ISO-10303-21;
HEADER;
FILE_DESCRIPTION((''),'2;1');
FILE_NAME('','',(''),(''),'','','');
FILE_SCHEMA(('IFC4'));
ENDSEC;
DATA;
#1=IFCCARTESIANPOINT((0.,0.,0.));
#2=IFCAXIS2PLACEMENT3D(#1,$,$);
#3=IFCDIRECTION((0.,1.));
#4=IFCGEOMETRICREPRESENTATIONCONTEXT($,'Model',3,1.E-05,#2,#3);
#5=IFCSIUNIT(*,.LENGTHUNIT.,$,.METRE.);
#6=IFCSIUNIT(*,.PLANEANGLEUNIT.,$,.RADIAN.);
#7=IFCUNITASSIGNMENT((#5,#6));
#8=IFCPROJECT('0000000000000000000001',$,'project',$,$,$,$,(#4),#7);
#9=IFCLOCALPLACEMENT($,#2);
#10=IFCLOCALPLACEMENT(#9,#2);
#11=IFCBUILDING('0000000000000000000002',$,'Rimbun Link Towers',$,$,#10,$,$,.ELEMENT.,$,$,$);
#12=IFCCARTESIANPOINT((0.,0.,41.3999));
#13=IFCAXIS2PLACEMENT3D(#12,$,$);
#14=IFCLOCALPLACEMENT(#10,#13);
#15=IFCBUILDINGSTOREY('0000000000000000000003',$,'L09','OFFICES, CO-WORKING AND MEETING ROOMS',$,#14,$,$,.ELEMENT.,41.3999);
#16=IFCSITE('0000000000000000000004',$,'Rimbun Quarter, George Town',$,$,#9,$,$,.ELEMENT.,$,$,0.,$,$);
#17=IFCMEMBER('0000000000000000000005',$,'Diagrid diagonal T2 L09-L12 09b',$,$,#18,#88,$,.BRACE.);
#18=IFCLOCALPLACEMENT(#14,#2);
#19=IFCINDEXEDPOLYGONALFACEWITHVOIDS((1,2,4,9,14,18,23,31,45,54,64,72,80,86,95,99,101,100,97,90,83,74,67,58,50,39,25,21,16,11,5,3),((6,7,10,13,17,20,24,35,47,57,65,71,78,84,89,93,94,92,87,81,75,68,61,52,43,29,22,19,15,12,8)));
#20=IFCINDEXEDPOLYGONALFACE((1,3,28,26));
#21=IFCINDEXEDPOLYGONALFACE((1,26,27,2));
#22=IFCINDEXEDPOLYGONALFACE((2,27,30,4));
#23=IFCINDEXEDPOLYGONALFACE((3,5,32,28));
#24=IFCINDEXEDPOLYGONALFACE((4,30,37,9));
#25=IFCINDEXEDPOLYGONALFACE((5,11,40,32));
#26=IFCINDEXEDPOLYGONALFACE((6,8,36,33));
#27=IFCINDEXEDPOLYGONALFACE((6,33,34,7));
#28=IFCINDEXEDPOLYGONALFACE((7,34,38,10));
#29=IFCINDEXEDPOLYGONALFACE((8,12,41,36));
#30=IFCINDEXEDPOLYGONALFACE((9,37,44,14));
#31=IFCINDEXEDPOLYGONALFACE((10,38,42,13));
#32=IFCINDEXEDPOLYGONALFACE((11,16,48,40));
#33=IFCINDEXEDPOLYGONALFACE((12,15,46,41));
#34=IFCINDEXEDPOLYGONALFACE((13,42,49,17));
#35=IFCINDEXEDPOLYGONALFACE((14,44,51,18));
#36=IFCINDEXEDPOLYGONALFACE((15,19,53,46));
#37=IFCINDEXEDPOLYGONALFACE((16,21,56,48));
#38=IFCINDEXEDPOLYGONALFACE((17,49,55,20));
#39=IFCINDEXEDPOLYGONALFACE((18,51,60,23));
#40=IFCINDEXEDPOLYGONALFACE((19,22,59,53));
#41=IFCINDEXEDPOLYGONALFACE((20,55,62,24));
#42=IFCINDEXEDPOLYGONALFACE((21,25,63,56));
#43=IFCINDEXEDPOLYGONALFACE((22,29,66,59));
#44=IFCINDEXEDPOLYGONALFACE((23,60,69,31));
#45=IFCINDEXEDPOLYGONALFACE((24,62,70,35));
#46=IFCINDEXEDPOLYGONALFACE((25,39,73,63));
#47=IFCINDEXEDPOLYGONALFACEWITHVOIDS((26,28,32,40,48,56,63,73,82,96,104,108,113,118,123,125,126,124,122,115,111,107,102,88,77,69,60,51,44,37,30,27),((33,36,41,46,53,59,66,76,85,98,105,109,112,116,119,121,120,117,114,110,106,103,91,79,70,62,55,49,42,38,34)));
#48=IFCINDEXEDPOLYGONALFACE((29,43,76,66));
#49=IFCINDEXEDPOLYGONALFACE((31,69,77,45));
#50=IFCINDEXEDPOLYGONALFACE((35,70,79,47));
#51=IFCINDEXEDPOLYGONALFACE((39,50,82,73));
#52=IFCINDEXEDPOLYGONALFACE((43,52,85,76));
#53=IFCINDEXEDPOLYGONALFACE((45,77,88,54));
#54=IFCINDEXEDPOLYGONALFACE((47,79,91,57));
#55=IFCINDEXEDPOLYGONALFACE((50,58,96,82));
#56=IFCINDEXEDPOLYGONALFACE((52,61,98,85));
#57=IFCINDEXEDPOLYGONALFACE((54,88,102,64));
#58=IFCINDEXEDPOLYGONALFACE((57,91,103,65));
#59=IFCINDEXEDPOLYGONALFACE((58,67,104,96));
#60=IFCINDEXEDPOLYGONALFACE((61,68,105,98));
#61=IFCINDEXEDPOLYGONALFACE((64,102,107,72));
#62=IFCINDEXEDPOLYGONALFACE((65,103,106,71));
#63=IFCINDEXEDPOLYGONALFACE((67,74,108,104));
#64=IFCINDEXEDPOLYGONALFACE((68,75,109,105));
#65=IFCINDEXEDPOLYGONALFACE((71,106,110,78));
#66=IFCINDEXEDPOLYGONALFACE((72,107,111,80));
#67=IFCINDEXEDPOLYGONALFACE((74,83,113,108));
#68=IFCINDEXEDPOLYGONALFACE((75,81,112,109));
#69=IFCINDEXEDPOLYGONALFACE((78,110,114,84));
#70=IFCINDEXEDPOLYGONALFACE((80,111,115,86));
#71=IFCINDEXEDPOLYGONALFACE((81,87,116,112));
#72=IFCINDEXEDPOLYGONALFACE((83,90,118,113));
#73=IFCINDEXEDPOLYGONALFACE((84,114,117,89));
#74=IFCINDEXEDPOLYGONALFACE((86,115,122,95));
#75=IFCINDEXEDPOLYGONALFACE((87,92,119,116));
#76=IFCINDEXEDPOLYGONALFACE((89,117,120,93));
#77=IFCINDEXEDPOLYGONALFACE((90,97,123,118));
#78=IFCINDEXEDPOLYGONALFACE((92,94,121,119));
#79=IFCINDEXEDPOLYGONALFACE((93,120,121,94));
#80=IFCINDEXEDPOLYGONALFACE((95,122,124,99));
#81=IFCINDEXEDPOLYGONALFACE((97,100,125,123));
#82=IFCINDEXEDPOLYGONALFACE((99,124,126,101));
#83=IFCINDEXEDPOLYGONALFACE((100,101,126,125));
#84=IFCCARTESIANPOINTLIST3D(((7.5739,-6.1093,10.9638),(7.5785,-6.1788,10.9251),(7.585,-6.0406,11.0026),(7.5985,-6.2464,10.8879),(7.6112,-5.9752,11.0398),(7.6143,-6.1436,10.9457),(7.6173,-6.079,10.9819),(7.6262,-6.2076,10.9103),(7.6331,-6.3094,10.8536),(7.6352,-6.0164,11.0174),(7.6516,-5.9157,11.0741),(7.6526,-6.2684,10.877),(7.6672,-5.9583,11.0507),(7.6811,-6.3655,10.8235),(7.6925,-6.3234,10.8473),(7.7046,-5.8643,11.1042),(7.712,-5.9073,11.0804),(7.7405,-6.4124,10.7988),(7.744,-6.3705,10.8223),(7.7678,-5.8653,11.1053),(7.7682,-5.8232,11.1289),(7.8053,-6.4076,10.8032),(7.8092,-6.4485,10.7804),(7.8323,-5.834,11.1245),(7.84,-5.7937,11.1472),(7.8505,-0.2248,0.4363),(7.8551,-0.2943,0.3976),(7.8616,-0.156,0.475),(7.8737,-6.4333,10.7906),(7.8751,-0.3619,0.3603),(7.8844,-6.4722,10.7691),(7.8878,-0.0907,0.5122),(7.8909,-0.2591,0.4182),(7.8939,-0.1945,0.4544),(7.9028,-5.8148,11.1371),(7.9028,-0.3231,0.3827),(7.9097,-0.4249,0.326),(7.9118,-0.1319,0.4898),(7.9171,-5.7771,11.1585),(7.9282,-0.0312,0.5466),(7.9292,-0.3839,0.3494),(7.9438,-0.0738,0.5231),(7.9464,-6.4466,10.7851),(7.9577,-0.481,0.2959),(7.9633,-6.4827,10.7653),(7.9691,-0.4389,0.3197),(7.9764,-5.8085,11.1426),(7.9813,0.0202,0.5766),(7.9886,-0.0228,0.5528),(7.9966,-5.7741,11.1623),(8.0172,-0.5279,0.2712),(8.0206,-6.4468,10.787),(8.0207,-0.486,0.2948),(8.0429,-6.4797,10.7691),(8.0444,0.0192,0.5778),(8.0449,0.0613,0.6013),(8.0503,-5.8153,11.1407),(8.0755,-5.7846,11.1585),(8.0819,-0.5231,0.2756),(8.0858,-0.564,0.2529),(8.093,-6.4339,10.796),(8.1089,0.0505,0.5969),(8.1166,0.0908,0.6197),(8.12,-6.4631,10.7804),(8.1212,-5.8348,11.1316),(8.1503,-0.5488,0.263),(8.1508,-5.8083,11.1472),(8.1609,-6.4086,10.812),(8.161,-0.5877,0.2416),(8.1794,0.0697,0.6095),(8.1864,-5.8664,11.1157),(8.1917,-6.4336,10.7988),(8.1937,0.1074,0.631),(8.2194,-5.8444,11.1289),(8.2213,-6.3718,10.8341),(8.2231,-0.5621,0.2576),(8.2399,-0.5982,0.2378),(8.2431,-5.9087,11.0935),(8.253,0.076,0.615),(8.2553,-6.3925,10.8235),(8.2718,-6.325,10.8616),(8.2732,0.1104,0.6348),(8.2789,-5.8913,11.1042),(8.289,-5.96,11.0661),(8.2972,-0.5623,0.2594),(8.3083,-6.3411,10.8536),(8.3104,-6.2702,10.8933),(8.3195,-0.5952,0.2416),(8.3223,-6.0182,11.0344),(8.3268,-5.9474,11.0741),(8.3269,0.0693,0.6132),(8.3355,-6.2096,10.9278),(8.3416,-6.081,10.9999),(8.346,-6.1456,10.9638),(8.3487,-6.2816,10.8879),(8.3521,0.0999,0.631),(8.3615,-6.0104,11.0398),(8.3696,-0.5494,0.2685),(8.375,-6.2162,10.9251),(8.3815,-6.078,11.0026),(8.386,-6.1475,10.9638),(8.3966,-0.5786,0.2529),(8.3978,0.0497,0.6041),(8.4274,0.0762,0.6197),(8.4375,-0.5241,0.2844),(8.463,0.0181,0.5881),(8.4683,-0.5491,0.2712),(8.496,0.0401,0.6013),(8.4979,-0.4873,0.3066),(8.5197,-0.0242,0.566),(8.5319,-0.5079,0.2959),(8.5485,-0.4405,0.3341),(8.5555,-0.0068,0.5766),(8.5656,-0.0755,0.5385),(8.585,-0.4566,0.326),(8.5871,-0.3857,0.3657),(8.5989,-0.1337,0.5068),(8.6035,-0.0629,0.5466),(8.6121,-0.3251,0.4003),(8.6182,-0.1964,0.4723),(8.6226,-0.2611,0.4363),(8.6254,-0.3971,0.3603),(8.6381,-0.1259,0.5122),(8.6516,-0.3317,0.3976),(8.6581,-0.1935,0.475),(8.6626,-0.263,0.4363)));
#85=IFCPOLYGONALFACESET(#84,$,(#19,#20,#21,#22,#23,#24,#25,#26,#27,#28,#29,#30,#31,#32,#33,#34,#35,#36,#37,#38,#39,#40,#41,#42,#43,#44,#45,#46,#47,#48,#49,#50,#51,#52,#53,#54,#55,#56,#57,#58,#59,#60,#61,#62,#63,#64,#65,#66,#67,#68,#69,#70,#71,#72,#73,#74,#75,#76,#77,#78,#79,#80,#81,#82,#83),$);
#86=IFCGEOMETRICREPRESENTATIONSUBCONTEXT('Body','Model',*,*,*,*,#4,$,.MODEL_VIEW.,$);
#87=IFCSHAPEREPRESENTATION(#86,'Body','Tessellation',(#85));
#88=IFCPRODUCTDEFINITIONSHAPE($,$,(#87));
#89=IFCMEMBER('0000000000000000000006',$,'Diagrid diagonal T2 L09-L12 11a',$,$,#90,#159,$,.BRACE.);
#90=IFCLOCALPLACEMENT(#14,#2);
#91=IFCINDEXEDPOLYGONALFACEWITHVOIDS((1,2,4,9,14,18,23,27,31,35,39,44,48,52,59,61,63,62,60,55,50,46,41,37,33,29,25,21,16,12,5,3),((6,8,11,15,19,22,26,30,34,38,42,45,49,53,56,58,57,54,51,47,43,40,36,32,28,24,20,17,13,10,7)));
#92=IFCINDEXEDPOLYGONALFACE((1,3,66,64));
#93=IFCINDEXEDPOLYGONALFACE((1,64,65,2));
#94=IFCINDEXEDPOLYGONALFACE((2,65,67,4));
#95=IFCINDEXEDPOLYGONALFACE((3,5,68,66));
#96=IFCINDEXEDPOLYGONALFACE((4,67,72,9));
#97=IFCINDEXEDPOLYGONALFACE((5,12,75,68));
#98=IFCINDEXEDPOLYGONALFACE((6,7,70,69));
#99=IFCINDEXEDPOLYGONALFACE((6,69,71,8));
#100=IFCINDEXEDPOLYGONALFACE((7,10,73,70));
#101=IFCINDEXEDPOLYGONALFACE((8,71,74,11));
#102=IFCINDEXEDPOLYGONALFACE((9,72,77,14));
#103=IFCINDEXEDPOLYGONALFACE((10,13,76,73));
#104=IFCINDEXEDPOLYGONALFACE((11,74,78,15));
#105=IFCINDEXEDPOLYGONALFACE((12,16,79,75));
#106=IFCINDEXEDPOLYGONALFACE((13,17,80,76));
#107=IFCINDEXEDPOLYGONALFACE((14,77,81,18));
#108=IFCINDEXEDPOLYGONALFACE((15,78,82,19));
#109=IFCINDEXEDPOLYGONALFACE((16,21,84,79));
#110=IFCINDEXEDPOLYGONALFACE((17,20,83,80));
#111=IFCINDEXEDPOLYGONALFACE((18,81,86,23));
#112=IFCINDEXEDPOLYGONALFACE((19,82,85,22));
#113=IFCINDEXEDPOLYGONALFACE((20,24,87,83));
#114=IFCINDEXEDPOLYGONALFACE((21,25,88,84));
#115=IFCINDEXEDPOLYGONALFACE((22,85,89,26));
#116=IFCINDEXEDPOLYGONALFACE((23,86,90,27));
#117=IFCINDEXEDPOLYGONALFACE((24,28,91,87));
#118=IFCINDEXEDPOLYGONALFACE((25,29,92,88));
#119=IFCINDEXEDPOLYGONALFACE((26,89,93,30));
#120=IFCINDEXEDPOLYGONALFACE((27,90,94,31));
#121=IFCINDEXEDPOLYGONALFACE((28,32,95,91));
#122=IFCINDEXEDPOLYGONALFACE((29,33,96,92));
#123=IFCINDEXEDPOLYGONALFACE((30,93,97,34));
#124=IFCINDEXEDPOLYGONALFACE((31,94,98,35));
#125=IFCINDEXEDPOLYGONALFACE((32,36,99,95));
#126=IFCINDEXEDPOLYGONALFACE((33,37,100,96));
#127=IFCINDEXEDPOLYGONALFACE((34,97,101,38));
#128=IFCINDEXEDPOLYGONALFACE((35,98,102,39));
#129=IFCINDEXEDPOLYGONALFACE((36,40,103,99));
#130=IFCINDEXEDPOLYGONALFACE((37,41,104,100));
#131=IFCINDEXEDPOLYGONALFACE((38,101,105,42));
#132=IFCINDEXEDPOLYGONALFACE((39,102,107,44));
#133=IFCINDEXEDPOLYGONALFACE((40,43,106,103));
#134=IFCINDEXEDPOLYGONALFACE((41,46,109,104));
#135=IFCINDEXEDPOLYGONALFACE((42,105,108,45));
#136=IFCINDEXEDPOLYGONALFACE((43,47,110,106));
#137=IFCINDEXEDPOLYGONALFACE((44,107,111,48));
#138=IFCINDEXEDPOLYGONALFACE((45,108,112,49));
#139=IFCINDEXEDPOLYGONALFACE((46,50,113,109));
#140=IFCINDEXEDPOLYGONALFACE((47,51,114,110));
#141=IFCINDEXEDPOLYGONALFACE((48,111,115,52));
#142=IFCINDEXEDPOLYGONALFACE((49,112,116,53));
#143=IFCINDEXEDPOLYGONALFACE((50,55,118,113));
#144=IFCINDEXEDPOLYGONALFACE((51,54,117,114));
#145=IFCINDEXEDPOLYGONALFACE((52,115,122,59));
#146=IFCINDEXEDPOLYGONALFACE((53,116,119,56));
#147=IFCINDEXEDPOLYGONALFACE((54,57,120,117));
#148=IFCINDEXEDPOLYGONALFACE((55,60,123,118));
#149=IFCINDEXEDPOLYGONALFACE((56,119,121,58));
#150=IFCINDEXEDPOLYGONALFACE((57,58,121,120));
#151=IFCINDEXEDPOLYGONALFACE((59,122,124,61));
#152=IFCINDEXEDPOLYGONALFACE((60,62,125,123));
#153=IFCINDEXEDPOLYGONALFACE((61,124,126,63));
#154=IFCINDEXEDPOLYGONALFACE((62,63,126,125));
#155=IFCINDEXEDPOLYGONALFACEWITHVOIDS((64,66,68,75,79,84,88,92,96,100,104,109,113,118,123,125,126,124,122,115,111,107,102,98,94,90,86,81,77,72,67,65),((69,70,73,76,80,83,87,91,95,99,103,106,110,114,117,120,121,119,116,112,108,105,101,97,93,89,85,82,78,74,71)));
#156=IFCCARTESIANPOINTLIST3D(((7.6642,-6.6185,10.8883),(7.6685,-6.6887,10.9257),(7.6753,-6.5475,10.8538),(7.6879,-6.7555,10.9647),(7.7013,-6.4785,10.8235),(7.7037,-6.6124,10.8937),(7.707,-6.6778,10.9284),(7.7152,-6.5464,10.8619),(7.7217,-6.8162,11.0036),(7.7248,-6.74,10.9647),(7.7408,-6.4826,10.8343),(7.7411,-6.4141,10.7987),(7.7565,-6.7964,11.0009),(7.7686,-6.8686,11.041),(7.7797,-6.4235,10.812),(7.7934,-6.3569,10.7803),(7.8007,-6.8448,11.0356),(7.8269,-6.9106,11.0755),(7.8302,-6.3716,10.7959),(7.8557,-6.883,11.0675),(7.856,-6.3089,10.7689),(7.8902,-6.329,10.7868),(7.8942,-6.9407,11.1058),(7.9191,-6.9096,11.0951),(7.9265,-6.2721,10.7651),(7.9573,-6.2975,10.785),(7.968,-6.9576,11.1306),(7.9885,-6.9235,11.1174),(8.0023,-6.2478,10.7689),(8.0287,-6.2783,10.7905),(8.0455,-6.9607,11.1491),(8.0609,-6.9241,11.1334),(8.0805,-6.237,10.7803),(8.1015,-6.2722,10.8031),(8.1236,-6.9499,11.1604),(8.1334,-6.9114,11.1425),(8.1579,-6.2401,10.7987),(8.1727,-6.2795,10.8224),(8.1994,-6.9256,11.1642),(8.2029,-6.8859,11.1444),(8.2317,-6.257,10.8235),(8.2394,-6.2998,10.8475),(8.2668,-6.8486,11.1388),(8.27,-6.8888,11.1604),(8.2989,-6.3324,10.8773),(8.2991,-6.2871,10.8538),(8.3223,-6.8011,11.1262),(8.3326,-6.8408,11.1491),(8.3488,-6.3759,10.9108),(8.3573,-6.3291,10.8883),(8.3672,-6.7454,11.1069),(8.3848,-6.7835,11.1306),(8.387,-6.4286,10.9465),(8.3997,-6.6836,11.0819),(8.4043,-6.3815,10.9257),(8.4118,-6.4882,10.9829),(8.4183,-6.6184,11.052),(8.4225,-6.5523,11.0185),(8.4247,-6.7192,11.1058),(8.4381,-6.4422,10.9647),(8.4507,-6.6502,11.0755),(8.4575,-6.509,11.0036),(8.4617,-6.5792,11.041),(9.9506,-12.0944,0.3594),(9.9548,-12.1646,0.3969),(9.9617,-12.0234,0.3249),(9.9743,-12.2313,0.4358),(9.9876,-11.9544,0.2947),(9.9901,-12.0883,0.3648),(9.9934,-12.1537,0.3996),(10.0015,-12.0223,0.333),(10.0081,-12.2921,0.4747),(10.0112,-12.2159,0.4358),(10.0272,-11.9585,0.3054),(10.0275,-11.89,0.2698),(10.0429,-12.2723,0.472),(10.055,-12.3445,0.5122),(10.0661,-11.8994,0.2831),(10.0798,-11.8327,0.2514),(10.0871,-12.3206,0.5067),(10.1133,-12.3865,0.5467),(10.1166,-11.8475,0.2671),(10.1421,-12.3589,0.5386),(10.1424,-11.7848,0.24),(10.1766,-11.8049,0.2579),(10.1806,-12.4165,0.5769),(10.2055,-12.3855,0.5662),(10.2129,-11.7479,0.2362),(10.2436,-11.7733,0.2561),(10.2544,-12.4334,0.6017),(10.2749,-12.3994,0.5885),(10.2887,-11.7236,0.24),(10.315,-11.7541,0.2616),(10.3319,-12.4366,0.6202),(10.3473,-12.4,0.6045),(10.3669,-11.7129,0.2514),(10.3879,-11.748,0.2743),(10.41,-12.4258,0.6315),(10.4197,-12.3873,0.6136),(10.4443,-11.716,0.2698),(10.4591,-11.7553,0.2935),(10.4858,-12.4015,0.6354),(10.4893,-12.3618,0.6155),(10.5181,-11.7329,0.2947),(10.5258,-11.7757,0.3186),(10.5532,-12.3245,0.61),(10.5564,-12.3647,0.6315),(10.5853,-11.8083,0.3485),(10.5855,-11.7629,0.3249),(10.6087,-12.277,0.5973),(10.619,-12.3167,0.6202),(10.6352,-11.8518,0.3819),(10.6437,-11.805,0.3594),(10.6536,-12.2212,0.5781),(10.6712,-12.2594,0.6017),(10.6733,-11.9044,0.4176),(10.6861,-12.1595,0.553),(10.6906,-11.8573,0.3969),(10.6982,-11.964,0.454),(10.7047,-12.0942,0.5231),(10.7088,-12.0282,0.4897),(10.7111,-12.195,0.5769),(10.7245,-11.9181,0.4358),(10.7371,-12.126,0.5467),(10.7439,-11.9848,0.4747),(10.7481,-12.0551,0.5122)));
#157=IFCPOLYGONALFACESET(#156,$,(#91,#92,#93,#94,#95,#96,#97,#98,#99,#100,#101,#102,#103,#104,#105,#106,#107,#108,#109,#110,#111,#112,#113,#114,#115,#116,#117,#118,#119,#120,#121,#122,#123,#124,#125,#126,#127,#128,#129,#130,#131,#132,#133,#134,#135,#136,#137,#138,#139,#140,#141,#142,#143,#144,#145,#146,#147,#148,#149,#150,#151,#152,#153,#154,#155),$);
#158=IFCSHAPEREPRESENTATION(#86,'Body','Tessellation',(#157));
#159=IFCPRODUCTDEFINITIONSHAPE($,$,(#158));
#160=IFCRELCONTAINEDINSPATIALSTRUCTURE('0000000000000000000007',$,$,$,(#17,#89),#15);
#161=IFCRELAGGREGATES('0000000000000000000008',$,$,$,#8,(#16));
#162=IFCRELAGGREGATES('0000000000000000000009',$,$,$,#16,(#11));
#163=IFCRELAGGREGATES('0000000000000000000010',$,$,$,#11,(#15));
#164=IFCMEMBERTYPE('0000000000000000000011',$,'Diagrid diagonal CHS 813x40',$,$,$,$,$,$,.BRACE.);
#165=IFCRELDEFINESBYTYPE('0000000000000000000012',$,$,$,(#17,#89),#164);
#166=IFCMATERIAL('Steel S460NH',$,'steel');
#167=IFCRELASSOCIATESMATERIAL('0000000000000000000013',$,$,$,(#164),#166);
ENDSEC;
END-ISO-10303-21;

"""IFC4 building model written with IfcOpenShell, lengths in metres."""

from ifc_helpers import new_model, si_unit, direction, frame, origin, origin_2d, place, context, subcontext, project, spatial, hollow_circle, extrude, material, material_profile, profile_set, type_object, element, save


model = new_model("IFC4")

# Units and contexts
model_context = context("Model", 3, precision=1e-05, world=origin(), true_north=direction((0.0, 1.0)))
body_context = subcontext(model_context, "Body", "Model", "MODEL_VIEW")
ifc_project = project(units=[si_unit("LENGTHUNIT", "METRE"), si_unit("PLANEANGLEUNIT", "RADIAN")], contexts=[model_context])

# Site, building, storey
site_placement = place(None, origin())
site = spatial("IfcSite", under=ifc_project, at=site_placement, Name="Rimbun Quarter, George Town", CompositionType="ELEMENT", RefElevation=0.0)
building_placement = place(site_placement, origin())
building = spatial("IfcBuilding", under=site, at=building_placement, Name="Rimbun Link Towers", CompositionType="ELEMENT")
storey_placement = place(building_placement, frame((0.0, 0.0, 41.3999)))
storey = spatial("IfcBuildingStorey", under=building, at=storey_placement, Name="L09", Description="OFFICES, CO-WORKING AND MEETING ROOMS", CompositionType="ELEMENT", Elevation=41.3999)

# Members
ifc_material_1 = material(Name="Steel S460NH", Category="steel")
ifc_material_profile_1 = material_profile(ifc_material_1, hollow_circle(Radius=0.4065, WallThickness=0.04, at=origin_2d()), Name="Diagrid diagonal CHS 813x40")
ifc_profile_set_1 = profile_set([ifc_material_profile_1], Name="Steel S460NH")
member_type_1 = type_object("IfcMemberType", Name="Diagrid diagonal CHS 813x40", PredefinedType="BRACE", material=ifc_profile_set_1)
member_1_placement = place(storey_placement, frame((8.2566, -0.2439, 0.4363), z_axis=(-0.022929, -0.487785, 0.872663), x_axis=(0.998897, -0.046955, 0.0)))
element("IfcMember", 1, at=member_1_placement, inside=storey, type_object=member_type_1, Name="Diagrid diagonal T2 L09-L12 09b", PredefinedType="BRACE", context=body_context, shape_type="SweptSolid", body=[
    extrude(hollow_circle(Radius=0.4065, WallThickness=0.04, at=origin_2d()), origin(), (0.0, 0.0, 1.0), 12.0637),
])
member_2_placement = place(storey_placement, frame((10.3494, -12.0747, 0.4358), z_axis=(-0.189178, 0.453077, 0.871167), x_axis=(-0.922791, -0.385302, 0.0)))
element("IfcMember", 2, at=member_2_placement, inside=storey, type_object=member_type_1, Name="Diagrid diagonal T2 L09-L12 11a", PredefinedType="BRACE", context=body_context, shape_type="SweptSolid", body=[
    extrude(hollow_circle(Radius=0.4065, WallThickness=0.04, at=origin_2d()), origin(), (0.0, 0.0, 1.0), 12.0859),
])

save(model, "model.ifc")
